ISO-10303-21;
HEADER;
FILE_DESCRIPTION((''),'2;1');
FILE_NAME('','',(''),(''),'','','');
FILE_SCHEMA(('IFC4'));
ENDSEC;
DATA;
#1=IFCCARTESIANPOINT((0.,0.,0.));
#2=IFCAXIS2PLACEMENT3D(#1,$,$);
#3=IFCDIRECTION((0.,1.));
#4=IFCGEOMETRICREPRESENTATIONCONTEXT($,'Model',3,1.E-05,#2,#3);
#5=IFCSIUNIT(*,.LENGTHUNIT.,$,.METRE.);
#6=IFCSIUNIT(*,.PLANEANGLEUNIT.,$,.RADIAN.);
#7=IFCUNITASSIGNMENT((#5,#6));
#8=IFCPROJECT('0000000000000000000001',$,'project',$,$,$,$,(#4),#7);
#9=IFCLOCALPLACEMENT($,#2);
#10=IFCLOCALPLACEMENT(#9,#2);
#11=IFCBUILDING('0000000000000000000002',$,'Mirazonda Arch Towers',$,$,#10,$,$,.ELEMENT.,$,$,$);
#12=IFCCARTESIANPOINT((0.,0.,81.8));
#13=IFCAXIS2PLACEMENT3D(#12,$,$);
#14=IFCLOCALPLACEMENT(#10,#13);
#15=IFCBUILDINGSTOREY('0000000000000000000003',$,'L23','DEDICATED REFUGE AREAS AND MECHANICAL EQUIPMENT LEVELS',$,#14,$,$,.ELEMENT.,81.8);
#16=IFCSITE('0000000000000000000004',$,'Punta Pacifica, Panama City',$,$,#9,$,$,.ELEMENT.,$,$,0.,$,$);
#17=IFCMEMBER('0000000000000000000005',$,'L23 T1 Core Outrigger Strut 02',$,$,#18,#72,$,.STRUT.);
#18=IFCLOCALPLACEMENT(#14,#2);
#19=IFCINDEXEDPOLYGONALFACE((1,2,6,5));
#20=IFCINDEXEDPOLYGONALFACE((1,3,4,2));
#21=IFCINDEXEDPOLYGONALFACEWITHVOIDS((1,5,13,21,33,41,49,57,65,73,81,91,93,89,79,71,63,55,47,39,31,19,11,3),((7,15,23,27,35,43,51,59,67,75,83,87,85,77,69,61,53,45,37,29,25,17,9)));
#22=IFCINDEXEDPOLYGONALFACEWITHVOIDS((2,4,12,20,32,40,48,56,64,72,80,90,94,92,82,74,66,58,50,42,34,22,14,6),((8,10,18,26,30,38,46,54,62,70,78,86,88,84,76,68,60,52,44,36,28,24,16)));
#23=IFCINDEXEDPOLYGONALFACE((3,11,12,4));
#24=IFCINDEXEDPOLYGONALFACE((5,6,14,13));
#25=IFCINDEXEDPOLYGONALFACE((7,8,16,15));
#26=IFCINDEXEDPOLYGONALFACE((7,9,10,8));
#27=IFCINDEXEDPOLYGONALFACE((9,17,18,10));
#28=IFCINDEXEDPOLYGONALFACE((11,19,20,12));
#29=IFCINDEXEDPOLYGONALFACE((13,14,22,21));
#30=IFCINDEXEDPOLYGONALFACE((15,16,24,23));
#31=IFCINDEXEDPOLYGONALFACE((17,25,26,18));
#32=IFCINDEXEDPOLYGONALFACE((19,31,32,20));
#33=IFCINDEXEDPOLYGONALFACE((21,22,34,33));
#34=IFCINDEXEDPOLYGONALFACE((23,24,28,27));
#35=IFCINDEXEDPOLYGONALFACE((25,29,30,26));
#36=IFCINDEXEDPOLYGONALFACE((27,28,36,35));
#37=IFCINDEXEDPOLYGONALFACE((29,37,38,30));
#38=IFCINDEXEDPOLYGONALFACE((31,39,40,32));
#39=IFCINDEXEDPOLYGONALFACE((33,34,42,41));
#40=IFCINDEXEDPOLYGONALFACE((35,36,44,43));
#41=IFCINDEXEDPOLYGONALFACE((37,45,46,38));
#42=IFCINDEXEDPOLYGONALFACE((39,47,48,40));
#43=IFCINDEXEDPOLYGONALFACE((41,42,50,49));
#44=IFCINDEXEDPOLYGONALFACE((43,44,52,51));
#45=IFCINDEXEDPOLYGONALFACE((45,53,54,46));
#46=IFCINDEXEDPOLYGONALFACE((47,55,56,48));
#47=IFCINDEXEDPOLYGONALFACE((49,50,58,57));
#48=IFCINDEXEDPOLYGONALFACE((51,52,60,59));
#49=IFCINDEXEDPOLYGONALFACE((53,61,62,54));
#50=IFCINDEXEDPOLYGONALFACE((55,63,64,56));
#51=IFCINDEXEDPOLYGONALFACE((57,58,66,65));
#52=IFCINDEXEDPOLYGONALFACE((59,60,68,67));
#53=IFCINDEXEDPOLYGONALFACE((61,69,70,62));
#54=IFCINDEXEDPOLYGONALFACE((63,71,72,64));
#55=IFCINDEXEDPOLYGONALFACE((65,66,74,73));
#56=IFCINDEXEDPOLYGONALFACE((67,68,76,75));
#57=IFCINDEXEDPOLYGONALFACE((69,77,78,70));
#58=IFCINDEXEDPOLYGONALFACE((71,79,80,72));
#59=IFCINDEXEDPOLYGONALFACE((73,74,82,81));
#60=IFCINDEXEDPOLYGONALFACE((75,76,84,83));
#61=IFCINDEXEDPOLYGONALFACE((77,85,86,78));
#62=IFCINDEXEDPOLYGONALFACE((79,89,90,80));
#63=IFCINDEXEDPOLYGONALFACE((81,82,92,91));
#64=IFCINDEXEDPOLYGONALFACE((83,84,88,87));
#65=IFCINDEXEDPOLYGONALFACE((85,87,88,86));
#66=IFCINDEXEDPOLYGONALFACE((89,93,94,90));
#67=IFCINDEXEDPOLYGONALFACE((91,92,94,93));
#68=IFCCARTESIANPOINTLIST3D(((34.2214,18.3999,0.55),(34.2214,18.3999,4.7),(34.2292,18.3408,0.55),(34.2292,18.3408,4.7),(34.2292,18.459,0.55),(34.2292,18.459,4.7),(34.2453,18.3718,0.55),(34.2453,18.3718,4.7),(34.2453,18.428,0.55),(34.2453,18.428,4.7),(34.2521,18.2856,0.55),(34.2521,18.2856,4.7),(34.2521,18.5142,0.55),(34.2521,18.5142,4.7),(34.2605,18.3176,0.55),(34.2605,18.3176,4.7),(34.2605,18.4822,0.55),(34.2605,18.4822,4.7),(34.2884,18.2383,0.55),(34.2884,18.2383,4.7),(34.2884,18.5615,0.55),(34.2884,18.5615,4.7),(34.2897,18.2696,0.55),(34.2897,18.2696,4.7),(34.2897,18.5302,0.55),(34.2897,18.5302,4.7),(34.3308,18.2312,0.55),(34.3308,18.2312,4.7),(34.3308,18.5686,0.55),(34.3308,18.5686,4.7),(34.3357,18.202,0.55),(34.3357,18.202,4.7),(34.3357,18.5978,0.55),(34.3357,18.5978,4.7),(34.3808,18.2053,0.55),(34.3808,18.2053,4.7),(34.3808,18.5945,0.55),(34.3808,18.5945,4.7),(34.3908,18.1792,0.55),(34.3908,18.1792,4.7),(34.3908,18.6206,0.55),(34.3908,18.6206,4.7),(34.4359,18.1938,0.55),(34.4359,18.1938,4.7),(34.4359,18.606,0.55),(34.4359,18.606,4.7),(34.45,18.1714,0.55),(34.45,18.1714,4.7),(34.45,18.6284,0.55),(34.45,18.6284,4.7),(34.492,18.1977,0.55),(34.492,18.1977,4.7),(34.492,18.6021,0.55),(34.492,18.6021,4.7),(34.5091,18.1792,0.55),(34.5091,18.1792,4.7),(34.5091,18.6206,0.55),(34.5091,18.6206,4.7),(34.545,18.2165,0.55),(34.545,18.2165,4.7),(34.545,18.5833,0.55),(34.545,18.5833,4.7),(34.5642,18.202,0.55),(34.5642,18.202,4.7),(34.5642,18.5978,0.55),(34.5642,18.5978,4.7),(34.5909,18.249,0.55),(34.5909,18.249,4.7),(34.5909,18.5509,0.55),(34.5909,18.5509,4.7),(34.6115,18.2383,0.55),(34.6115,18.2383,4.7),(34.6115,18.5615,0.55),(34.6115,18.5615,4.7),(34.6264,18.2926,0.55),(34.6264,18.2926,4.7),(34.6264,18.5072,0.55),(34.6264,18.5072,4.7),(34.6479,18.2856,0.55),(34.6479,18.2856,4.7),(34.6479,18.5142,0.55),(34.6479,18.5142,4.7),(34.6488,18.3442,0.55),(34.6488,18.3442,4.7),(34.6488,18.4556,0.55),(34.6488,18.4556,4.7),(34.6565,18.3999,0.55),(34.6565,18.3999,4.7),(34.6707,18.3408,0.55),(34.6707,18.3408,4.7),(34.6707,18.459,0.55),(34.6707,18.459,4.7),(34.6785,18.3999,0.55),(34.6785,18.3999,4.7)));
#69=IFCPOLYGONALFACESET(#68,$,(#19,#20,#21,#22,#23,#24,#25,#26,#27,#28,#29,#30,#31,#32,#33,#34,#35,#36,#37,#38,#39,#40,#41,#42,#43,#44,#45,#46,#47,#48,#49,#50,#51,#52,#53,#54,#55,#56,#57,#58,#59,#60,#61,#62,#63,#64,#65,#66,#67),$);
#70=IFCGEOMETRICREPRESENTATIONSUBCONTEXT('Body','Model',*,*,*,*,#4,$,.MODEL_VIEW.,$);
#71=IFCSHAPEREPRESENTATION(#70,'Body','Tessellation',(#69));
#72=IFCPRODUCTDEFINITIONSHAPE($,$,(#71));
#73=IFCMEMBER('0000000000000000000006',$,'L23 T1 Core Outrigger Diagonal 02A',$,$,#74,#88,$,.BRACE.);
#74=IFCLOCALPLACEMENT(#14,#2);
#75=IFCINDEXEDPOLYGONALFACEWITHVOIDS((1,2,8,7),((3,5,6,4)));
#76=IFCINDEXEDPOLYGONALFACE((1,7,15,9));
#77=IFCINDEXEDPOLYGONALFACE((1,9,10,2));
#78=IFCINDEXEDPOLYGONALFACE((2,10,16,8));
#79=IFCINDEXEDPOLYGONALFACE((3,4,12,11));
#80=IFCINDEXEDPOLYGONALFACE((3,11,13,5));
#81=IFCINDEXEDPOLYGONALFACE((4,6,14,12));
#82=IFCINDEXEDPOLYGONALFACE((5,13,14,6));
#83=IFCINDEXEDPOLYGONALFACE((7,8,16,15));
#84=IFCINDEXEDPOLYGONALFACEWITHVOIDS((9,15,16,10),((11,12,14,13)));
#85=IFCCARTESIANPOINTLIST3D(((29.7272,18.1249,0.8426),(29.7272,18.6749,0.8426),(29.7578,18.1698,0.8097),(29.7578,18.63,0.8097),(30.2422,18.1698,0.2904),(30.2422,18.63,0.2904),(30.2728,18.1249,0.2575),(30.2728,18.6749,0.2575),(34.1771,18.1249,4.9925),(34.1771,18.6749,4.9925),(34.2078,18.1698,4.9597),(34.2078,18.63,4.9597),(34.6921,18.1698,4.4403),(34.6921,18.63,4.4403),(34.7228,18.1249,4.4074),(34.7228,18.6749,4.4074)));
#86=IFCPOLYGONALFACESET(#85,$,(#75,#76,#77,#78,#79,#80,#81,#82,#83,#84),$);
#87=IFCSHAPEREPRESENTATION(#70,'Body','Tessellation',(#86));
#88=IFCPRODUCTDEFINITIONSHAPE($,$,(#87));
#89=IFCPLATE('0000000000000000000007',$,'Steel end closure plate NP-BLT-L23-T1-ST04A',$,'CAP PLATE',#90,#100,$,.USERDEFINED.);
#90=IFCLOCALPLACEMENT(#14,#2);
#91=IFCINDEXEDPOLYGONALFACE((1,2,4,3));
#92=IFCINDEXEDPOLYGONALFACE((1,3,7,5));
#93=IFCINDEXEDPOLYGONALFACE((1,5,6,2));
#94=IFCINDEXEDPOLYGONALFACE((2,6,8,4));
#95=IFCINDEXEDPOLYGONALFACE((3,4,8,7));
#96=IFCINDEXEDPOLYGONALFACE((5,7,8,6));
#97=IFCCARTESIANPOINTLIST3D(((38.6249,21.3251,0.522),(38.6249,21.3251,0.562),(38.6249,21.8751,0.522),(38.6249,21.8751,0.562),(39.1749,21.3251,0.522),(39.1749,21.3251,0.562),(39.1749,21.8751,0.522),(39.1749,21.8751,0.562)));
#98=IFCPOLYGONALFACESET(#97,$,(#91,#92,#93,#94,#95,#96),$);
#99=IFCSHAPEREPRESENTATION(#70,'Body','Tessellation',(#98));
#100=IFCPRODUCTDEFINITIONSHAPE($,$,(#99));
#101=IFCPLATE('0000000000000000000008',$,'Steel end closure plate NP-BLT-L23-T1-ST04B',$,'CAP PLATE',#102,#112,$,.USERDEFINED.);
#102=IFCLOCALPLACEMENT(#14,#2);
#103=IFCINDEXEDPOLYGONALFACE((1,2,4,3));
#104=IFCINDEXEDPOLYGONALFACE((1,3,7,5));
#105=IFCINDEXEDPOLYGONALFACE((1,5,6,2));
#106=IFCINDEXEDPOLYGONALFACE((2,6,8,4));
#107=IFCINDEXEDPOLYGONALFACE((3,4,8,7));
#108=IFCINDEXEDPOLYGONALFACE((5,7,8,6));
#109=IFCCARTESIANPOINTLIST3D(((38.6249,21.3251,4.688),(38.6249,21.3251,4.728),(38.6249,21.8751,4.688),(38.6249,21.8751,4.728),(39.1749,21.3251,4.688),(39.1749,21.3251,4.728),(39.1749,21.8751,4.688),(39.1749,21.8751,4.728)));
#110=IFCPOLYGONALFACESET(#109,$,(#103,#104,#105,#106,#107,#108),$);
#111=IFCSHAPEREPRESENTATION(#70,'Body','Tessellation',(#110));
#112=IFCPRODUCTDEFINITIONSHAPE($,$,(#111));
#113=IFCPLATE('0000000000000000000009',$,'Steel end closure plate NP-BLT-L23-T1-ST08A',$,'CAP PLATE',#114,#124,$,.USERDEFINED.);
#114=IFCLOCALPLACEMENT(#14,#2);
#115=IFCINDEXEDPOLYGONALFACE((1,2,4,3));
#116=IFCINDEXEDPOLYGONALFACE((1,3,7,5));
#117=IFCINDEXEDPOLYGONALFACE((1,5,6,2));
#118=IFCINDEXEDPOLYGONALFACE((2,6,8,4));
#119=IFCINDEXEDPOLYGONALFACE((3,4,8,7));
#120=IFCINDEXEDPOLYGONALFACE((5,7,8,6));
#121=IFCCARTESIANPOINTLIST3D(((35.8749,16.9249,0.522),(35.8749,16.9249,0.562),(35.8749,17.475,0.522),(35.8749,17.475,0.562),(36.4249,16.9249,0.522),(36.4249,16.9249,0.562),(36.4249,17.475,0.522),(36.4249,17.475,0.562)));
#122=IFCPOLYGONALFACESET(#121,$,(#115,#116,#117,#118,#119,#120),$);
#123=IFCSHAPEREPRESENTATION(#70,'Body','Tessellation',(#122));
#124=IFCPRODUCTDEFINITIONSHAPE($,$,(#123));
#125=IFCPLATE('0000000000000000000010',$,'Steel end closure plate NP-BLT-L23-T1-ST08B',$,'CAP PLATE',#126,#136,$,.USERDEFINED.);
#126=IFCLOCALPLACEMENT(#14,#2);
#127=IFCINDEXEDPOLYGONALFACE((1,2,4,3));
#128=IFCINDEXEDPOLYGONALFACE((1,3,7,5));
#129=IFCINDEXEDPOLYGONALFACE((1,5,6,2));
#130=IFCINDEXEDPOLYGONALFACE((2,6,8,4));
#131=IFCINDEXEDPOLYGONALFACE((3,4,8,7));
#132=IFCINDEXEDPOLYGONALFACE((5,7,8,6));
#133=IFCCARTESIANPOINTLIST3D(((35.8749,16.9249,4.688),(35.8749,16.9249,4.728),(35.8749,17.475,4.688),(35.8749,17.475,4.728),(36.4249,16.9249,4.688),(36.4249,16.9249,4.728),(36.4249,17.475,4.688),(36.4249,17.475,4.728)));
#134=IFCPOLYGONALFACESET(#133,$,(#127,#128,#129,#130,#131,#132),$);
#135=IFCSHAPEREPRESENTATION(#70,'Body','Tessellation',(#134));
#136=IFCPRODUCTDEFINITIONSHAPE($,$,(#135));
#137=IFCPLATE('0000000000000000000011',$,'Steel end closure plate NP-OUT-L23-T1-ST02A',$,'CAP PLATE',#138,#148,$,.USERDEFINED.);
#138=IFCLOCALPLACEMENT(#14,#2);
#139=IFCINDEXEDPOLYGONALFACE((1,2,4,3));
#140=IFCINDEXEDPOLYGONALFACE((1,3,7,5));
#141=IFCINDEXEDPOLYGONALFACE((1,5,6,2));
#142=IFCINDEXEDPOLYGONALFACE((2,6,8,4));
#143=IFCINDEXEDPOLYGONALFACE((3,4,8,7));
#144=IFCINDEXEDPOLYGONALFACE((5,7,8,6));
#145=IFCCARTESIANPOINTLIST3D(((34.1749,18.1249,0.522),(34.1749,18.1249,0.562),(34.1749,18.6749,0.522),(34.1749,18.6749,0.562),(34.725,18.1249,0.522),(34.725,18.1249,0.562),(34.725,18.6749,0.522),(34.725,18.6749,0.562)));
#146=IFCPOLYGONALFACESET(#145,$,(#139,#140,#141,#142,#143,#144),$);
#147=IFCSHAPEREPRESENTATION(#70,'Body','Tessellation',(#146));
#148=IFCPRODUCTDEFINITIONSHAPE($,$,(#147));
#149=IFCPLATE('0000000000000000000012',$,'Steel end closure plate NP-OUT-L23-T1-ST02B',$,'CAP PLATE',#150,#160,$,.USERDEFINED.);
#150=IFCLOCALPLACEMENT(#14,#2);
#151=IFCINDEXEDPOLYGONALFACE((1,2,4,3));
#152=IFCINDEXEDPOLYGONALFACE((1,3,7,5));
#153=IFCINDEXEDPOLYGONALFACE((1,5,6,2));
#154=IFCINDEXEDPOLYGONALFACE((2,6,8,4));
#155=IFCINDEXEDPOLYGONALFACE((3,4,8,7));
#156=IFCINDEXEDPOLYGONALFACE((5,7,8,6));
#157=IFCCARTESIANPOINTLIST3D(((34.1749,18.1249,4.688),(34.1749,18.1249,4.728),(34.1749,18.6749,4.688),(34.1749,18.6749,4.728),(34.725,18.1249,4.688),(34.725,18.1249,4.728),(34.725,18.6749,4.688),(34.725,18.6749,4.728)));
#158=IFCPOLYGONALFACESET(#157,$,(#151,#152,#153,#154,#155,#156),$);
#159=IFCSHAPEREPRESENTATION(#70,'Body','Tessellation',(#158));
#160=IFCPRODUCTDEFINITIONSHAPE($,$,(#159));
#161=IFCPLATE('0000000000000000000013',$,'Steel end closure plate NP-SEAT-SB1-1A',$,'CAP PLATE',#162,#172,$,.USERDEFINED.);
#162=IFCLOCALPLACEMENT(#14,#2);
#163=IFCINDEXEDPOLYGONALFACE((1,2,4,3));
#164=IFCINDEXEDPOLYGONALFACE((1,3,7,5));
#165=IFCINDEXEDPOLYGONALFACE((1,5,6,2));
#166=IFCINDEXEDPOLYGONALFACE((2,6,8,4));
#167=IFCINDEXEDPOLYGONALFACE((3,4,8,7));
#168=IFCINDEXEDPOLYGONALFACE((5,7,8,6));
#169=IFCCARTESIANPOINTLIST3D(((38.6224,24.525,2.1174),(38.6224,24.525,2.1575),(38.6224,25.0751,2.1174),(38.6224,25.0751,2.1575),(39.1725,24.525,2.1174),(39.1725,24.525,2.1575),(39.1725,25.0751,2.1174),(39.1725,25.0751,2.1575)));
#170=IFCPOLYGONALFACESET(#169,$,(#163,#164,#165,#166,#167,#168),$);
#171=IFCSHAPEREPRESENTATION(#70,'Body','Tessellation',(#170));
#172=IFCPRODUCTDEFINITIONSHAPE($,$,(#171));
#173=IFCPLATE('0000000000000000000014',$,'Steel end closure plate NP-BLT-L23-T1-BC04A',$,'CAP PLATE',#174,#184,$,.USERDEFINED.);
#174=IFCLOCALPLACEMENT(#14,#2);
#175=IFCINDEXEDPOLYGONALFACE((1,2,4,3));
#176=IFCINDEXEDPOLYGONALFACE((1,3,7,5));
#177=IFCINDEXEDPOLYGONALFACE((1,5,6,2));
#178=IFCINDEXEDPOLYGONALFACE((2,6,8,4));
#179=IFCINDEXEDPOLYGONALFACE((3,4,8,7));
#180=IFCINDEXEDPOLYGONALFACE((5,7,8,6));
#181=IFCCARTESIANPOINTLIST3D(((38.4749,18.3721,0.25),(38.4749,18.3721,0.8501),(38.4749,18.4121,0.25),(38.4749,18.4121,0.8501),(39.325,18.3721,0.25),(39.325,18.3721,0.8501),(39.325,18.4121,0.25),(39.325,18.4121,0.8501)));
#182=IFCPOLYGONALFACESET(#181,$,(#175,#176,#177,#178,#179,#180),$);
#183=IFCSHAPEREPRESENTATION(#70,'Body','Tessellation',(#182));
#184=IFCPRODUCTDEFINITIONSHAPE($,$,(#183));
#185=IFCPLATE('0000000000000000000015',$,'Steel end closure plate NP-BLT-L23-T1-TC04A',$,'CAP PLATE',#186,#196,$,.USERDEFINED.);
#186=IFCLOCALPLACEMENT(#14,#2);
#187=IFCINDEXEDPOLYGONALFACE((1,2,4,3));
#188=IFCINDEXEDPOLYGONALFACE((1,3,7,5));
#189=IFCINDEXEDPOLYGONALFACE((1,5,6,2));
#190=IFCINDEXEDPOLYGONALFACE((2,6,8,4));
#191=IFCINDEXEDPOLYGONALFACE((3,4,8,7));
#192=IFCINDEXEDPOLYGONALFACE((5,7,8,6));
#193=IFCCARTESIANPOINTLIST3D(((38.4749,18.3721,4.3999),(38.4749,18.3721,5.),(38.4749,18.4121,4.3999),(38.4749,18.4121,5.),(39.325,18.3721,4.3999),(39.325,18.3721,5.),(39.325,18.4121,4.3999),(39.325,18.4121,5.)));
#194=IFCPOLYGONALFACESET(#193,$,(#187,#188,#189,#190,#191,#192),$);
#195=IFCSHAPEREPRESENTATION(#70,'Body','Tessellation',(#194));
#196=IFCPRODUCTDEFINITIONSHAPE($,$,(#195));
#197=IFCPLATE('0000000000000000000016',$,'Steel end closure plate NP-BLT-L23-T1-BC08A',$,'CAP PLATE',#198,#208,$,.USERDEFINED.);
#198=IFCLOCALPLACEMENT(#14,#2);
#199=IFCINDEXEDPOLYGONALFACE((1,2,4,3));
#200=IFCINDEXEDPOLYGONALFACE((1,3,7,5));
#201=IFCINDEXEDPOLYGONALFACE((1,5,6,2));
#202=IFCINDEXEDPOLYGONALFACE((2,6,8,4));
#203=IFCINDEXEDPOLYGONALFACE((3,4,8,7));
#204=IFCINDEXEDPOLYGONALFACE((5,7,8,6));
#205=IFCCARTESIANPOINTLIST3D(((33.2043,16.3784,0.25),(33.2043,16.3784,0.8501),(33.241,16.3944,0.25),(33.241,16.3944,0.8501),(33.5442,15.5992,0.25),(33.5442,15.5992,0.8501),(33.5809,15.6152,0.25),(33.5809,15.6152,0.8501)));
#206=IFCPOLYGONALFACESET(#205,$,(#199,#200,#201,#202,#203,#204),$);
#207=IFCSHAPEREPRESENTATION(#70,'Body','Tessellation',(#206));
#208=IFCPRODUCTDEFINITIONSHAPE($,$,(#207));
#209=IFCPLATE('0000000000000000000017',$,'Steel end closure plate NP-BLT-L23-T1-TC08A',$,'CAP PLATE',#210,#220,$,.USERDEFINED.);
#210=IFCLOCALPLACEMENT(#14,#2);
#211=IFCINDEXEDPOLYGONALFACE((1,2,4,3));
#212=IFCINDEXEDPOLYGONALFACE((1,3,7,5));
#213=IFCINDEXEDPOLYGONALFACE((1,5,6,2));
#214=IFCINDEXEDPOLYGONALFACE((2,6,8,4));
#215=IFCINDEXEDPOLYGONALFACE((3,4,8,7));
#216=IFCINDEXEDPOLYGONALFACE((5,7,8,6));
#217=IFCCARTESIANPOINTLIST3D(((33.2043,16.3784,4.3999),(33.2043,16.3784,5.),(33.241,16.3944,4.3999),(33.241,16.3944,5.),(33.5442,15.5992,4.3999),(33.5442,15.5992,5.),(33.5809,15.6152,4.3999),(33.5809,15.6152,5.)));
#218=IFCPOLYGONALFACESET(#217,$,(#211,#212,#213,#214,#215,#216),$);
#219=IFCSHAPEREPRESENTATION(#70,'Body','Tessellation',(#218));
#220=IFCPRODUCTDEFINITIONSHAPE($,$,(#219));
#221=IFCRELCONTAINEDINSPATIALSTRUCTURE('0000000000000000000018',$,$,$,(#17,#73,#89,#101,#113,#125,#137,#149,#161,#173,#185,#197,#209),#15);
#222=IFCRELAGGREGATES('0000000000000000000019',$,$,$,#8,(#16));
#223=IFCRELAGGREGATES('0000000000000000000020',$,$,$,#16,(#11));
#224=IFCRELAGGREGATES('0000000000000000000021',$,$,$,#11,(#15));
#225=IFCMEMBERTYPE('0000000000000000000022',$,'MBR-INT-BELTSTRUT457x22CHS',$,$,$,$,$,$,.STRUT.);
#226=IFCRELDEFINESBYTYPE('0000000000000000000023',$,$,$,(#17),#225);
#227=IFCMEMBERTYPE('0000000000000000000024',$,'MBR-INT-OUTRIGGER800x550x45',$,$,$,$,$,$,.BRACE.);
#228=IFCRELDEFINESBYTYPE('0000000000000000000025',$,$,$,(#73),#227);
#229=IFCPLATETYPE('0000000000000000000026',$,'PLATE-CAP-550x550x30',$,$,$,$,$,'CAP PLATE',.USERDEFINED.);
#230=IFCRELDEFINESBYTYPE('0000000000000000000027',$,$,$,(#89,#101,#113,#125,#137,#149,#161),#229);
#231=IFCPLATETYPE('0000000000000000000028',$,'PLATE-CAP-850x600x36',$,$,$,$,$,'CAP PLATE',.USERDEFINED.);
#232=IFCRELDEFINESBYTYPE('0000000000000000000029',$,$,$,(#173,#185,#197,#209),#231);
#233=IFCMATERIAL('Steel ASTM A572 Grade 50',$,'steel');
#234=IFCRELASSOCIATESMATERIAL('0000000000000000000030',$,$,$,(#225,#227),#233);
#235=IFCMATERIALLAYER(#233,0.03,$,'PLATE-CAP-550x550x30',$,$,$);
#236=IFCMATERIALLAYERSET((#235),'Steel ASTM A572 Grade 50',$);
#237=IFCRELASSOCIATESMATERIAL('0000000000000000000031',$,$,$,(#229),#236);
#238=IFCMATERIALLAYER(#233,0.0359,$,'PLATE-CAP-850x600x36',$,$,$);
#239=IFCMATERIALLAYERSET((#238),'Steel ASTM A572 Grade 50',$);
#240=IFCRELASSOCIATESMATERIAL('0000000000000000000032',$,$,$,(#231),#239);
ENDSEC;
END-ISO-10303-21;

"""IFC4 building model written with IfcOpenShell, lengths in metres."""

from ifc_helpers import new_model, si_unit, direction, frame, origin, origin_2d, place, context, subcontext, project, spatial, rectangle, hollow_rectangle, hollow_circle, extrude, material, layer, layer_set, material_profile, profile_set, type_object, element, save


model = new_model("IFC4")

# Units and contexts
model_context = context("Model", 3, precision=1e-05, world=origin(), true_north=direction((0.0, 1.0)))
body_context = subcontext(model_context, "Body", "Model", "MODEL_VIEW")
ifc_project = project(units=[si_unit("LENGTHUNIT", "METRE"), si_unit("PLANEANGLEUNIT", "RADIAN")], contexts=[model_context])

# Site, building, storey
site_placement = place(None, origin())
site = spatial("IfcSite", under=ifc_project, at=site_placement, Name="Punta Pacifica, Panama City", CompositionType="ELEMENT", RefElevation=0.0)
building_placement = place(site_placement, origin())
building = spatial("IfcBuilding", under=site, at=building_placement, Name="Mirazonda Arch Towers", CompositionType="ELEMENT")
storey_placement = place(building_placement, frame((0.0, 0.0, 81.8)))
storey = spatial("IfcBuildingStorey", under=building, at=storey_placement, Name="L23", Description="DEDICATED REFUGE AREAS AND MECHANICAL EQUIPMENT LEVELS", CompositionType="ELEMENT", Elevation=81.8)

# Shared definitions
ifc_material_1 = material(Name="Steel ASTM A572 Grade 50", Category="steel")

# Members
ifc_material_profile_1 = material_profile(ifc_material_1, hollow_circle(Radius=0.2285, WallThickness=0.022, at=origin_2d()), Name="BELTSTRUT457x22CHS")
ifc_profile_set_1 = profile_set([ifc_material_profile_1], Name="Steel ASTM A572 Grade 50")
member_type_1 = type_object("IfcMemberType", Name="MBR-INT-BELTSTRUT457x22CHS", PredefinedType="STRUT", material=ifc_profile_set_1)
member_1_placement = place(storey_placement, frame((34.45, 18.3999, 0.55), z_axis=(0.0, 0.0, 1.0), x_axis=(1.0, 0.0, 0.0)))
element("IfcMember", 1, at=member_1_placement, inside=storey, type_object=member_type_1, Name="L23 T1 Core Outrigger Strut 02", PredefinedType="STRUT", context=body_context, shape_type="SweptSolid", body=[
    extrude(hollow_circle(Radius=0.2285, WallThickness=0.022, at=origin_2d()), origin(), (0.0, 0.0, 1.0), 4.1499),
])
ifc_material_profile_2 = material_profile(ifc_material_1, hollow_rectangle(XDim=0.55, YDim=0.8, WallThickness=0.0449, at=origin_2d()), Name="OUTRIGGER800x550x45")
ifc_profile_set_2 = profile_set([ifc_material_profile_2], Name="Steel ASTM A572 Grade 50")
member_type_2 = type_object("IfcMemberType", Name="MBR-INT-OUTRIGGER800x550x45", PredefinedType="BRACE", material=ifc_profile_set_2)
member_2_placement = place(storey_placement, frame((30.0, 18.3999, 0.55), z_axis=(0.731333, 0.0, 0.682021), x_axis=(0.0, 1.0, 0.0)))
element("IfcMember", 2, at=member_2_placement, inside=storey, type_object=member_type_2, Name="L23 T1 Core Outrigger Diagonal 02A", PredefinedType="BRACE", context=body_context, shape_type="SweptSolid", body=[
    extrude(hollow_rectangle(XDim=0.55, YDim=0.8, WallThickness=0.0449, at=origin_2d()), origin(), (0.0, 0.0, 1.0), 6.0847),
])

# Plates
ifc_layer_1 = layer(ifc_material_1, 0.03, Name="PLATE-CAP-550x550x30")
ifc_layer_set_1 = layer_set([ifc_layer_1], Name="Steel ASTM A572 Grade 50")
plate_type_1 = type_object("IfcPlateType", Name="PLATE-CAP-550x550x30", ElementType="CAP PLATE", PredefinedType="USERDEFINED", material=ifc_layer_set_1)
for number, where, z_axis, x_axis, name in (
    (3, (38.8999, 21.6001, 0.522), (0.0, 0.0, 1.0), (1.0, 0.0, 0.0), "Steel end closure plate NP-BLT-L23-T1-ST04A"),
    (4, (38.8999, 21.6001, 4.688), (0.0, 0.0, 1.0), (1.0, 0.0, 0.0), "Steel end closure plate NP-BLT-L23-T1-ST04B"),
    (5, (36.1499, 17.2, 0.522), (0.0, 0.0, 1.0), (1.0, 0.0, 0.0), "Steel end closure plate NP-BLT-L23-T1-ST08A"),
    (6, (36.1499, 17.2, 4.688), (0.0, 0.0, 1.0), (1.0, 0.0, 0.0), "Steel end closure plate NP-BLT-L23-T1-ST08B"),
    (7, (34.45, 18.3999, 0.522), (0.0, 0.0, 1.0), (1.0, 0.0, 0.0), "Steel end closure plate NP-OUT-L23-T1-ST02A"),
    (8, (34.45, 18.3999, 4.688), (0.0, 0.0, 1.0), (1.0, 0.0, 0.0), "Steel end closure plate NP-OUT-L23-T1-ST02B"),
    (9, (38.8975, 24.8, 2.1174), (0.0, 0.0, 1.0), (1.0, 0.0, 0.0), "Steel end closure plate NP-SEAT-SB1-1A"),
):
    element("IfcPlate", number, at=place(storey_placement, frame(where, z_axis=z_axis, x_axis=x_axis)), inside=storey, type_object=plate_type_1, Name=name, ObjectType="CAP PLATE", PredefinedType="USERDEFINED", context=body_context, shape_type="SweptSolid", body=[
        extrude(rectangle(XDim=0.55, YDim=0.55, at=origin_2d()), origin(), (0.0, 0.0, 1.0), 0.04),
    ])
ifc_layer_2 = layer(ifc_material_1, 0.0359, Name="PLATE-CAP-850x600x36")
ifc_layer_set_2 = layer_set([ifc_layer_2], Name="Steel ASTM A572 Grade 50")
plate_type_2 = type_object("IfcPlateType", Name="PLATE-CAP-850x600x36", ElementType="CAP PLATE", PredefinedType="USERDEFINED", material=ifc_layer_set_2)
for number, where, z_axis, x_axis, name in (
    (10, (38.8999, 18.3921, 0.25), (0.0, 0.0, 1.0), (0.0, -1.0, 0.0), "Steel end closure plate NP-BLT-L23-T1-BC04A"),
    (11, (38.8999, 18.3921, 4.3999), (0.0, 0.0, 1.0), (0.0, -1.0, 0.0), "Steel end closure plate NP-BLT-L23-T1-TC04A"),
    (12, (33.3926, 15.9968, 0.25), (0.0, 0.0, 1.0), (-0.916572, -0.399869, 0.0), "Steel end closure plate NP-BLT-L23-T1-BC08A"),
    (13, (33.3926, 15.9968, 4.3999), (0.0, 0.0, 1.0), (-0.916572, -0.399869, 0.0), "Steel end closure plate NP-BLT-L23-T1-TC08A"),
):
    element("IfcPlate", number, at=place(storey_placement, frame(where, z_axis=z_axis, x_axis=x_axis)), inside=storey, type_object=plate_type_2, Name=name, ObjectType="CAP PLATE", PredefinedType="USERDEFINED", context=body_context, shape_type="SweptSolid", body=[
        extrude(rectangle(XDim=0.04, YDim=0.8501, at=origin_2d()), origin(), (0.0, 0.0, 1.0), 0.6001),
    ])

save(model, "model.ifc")
